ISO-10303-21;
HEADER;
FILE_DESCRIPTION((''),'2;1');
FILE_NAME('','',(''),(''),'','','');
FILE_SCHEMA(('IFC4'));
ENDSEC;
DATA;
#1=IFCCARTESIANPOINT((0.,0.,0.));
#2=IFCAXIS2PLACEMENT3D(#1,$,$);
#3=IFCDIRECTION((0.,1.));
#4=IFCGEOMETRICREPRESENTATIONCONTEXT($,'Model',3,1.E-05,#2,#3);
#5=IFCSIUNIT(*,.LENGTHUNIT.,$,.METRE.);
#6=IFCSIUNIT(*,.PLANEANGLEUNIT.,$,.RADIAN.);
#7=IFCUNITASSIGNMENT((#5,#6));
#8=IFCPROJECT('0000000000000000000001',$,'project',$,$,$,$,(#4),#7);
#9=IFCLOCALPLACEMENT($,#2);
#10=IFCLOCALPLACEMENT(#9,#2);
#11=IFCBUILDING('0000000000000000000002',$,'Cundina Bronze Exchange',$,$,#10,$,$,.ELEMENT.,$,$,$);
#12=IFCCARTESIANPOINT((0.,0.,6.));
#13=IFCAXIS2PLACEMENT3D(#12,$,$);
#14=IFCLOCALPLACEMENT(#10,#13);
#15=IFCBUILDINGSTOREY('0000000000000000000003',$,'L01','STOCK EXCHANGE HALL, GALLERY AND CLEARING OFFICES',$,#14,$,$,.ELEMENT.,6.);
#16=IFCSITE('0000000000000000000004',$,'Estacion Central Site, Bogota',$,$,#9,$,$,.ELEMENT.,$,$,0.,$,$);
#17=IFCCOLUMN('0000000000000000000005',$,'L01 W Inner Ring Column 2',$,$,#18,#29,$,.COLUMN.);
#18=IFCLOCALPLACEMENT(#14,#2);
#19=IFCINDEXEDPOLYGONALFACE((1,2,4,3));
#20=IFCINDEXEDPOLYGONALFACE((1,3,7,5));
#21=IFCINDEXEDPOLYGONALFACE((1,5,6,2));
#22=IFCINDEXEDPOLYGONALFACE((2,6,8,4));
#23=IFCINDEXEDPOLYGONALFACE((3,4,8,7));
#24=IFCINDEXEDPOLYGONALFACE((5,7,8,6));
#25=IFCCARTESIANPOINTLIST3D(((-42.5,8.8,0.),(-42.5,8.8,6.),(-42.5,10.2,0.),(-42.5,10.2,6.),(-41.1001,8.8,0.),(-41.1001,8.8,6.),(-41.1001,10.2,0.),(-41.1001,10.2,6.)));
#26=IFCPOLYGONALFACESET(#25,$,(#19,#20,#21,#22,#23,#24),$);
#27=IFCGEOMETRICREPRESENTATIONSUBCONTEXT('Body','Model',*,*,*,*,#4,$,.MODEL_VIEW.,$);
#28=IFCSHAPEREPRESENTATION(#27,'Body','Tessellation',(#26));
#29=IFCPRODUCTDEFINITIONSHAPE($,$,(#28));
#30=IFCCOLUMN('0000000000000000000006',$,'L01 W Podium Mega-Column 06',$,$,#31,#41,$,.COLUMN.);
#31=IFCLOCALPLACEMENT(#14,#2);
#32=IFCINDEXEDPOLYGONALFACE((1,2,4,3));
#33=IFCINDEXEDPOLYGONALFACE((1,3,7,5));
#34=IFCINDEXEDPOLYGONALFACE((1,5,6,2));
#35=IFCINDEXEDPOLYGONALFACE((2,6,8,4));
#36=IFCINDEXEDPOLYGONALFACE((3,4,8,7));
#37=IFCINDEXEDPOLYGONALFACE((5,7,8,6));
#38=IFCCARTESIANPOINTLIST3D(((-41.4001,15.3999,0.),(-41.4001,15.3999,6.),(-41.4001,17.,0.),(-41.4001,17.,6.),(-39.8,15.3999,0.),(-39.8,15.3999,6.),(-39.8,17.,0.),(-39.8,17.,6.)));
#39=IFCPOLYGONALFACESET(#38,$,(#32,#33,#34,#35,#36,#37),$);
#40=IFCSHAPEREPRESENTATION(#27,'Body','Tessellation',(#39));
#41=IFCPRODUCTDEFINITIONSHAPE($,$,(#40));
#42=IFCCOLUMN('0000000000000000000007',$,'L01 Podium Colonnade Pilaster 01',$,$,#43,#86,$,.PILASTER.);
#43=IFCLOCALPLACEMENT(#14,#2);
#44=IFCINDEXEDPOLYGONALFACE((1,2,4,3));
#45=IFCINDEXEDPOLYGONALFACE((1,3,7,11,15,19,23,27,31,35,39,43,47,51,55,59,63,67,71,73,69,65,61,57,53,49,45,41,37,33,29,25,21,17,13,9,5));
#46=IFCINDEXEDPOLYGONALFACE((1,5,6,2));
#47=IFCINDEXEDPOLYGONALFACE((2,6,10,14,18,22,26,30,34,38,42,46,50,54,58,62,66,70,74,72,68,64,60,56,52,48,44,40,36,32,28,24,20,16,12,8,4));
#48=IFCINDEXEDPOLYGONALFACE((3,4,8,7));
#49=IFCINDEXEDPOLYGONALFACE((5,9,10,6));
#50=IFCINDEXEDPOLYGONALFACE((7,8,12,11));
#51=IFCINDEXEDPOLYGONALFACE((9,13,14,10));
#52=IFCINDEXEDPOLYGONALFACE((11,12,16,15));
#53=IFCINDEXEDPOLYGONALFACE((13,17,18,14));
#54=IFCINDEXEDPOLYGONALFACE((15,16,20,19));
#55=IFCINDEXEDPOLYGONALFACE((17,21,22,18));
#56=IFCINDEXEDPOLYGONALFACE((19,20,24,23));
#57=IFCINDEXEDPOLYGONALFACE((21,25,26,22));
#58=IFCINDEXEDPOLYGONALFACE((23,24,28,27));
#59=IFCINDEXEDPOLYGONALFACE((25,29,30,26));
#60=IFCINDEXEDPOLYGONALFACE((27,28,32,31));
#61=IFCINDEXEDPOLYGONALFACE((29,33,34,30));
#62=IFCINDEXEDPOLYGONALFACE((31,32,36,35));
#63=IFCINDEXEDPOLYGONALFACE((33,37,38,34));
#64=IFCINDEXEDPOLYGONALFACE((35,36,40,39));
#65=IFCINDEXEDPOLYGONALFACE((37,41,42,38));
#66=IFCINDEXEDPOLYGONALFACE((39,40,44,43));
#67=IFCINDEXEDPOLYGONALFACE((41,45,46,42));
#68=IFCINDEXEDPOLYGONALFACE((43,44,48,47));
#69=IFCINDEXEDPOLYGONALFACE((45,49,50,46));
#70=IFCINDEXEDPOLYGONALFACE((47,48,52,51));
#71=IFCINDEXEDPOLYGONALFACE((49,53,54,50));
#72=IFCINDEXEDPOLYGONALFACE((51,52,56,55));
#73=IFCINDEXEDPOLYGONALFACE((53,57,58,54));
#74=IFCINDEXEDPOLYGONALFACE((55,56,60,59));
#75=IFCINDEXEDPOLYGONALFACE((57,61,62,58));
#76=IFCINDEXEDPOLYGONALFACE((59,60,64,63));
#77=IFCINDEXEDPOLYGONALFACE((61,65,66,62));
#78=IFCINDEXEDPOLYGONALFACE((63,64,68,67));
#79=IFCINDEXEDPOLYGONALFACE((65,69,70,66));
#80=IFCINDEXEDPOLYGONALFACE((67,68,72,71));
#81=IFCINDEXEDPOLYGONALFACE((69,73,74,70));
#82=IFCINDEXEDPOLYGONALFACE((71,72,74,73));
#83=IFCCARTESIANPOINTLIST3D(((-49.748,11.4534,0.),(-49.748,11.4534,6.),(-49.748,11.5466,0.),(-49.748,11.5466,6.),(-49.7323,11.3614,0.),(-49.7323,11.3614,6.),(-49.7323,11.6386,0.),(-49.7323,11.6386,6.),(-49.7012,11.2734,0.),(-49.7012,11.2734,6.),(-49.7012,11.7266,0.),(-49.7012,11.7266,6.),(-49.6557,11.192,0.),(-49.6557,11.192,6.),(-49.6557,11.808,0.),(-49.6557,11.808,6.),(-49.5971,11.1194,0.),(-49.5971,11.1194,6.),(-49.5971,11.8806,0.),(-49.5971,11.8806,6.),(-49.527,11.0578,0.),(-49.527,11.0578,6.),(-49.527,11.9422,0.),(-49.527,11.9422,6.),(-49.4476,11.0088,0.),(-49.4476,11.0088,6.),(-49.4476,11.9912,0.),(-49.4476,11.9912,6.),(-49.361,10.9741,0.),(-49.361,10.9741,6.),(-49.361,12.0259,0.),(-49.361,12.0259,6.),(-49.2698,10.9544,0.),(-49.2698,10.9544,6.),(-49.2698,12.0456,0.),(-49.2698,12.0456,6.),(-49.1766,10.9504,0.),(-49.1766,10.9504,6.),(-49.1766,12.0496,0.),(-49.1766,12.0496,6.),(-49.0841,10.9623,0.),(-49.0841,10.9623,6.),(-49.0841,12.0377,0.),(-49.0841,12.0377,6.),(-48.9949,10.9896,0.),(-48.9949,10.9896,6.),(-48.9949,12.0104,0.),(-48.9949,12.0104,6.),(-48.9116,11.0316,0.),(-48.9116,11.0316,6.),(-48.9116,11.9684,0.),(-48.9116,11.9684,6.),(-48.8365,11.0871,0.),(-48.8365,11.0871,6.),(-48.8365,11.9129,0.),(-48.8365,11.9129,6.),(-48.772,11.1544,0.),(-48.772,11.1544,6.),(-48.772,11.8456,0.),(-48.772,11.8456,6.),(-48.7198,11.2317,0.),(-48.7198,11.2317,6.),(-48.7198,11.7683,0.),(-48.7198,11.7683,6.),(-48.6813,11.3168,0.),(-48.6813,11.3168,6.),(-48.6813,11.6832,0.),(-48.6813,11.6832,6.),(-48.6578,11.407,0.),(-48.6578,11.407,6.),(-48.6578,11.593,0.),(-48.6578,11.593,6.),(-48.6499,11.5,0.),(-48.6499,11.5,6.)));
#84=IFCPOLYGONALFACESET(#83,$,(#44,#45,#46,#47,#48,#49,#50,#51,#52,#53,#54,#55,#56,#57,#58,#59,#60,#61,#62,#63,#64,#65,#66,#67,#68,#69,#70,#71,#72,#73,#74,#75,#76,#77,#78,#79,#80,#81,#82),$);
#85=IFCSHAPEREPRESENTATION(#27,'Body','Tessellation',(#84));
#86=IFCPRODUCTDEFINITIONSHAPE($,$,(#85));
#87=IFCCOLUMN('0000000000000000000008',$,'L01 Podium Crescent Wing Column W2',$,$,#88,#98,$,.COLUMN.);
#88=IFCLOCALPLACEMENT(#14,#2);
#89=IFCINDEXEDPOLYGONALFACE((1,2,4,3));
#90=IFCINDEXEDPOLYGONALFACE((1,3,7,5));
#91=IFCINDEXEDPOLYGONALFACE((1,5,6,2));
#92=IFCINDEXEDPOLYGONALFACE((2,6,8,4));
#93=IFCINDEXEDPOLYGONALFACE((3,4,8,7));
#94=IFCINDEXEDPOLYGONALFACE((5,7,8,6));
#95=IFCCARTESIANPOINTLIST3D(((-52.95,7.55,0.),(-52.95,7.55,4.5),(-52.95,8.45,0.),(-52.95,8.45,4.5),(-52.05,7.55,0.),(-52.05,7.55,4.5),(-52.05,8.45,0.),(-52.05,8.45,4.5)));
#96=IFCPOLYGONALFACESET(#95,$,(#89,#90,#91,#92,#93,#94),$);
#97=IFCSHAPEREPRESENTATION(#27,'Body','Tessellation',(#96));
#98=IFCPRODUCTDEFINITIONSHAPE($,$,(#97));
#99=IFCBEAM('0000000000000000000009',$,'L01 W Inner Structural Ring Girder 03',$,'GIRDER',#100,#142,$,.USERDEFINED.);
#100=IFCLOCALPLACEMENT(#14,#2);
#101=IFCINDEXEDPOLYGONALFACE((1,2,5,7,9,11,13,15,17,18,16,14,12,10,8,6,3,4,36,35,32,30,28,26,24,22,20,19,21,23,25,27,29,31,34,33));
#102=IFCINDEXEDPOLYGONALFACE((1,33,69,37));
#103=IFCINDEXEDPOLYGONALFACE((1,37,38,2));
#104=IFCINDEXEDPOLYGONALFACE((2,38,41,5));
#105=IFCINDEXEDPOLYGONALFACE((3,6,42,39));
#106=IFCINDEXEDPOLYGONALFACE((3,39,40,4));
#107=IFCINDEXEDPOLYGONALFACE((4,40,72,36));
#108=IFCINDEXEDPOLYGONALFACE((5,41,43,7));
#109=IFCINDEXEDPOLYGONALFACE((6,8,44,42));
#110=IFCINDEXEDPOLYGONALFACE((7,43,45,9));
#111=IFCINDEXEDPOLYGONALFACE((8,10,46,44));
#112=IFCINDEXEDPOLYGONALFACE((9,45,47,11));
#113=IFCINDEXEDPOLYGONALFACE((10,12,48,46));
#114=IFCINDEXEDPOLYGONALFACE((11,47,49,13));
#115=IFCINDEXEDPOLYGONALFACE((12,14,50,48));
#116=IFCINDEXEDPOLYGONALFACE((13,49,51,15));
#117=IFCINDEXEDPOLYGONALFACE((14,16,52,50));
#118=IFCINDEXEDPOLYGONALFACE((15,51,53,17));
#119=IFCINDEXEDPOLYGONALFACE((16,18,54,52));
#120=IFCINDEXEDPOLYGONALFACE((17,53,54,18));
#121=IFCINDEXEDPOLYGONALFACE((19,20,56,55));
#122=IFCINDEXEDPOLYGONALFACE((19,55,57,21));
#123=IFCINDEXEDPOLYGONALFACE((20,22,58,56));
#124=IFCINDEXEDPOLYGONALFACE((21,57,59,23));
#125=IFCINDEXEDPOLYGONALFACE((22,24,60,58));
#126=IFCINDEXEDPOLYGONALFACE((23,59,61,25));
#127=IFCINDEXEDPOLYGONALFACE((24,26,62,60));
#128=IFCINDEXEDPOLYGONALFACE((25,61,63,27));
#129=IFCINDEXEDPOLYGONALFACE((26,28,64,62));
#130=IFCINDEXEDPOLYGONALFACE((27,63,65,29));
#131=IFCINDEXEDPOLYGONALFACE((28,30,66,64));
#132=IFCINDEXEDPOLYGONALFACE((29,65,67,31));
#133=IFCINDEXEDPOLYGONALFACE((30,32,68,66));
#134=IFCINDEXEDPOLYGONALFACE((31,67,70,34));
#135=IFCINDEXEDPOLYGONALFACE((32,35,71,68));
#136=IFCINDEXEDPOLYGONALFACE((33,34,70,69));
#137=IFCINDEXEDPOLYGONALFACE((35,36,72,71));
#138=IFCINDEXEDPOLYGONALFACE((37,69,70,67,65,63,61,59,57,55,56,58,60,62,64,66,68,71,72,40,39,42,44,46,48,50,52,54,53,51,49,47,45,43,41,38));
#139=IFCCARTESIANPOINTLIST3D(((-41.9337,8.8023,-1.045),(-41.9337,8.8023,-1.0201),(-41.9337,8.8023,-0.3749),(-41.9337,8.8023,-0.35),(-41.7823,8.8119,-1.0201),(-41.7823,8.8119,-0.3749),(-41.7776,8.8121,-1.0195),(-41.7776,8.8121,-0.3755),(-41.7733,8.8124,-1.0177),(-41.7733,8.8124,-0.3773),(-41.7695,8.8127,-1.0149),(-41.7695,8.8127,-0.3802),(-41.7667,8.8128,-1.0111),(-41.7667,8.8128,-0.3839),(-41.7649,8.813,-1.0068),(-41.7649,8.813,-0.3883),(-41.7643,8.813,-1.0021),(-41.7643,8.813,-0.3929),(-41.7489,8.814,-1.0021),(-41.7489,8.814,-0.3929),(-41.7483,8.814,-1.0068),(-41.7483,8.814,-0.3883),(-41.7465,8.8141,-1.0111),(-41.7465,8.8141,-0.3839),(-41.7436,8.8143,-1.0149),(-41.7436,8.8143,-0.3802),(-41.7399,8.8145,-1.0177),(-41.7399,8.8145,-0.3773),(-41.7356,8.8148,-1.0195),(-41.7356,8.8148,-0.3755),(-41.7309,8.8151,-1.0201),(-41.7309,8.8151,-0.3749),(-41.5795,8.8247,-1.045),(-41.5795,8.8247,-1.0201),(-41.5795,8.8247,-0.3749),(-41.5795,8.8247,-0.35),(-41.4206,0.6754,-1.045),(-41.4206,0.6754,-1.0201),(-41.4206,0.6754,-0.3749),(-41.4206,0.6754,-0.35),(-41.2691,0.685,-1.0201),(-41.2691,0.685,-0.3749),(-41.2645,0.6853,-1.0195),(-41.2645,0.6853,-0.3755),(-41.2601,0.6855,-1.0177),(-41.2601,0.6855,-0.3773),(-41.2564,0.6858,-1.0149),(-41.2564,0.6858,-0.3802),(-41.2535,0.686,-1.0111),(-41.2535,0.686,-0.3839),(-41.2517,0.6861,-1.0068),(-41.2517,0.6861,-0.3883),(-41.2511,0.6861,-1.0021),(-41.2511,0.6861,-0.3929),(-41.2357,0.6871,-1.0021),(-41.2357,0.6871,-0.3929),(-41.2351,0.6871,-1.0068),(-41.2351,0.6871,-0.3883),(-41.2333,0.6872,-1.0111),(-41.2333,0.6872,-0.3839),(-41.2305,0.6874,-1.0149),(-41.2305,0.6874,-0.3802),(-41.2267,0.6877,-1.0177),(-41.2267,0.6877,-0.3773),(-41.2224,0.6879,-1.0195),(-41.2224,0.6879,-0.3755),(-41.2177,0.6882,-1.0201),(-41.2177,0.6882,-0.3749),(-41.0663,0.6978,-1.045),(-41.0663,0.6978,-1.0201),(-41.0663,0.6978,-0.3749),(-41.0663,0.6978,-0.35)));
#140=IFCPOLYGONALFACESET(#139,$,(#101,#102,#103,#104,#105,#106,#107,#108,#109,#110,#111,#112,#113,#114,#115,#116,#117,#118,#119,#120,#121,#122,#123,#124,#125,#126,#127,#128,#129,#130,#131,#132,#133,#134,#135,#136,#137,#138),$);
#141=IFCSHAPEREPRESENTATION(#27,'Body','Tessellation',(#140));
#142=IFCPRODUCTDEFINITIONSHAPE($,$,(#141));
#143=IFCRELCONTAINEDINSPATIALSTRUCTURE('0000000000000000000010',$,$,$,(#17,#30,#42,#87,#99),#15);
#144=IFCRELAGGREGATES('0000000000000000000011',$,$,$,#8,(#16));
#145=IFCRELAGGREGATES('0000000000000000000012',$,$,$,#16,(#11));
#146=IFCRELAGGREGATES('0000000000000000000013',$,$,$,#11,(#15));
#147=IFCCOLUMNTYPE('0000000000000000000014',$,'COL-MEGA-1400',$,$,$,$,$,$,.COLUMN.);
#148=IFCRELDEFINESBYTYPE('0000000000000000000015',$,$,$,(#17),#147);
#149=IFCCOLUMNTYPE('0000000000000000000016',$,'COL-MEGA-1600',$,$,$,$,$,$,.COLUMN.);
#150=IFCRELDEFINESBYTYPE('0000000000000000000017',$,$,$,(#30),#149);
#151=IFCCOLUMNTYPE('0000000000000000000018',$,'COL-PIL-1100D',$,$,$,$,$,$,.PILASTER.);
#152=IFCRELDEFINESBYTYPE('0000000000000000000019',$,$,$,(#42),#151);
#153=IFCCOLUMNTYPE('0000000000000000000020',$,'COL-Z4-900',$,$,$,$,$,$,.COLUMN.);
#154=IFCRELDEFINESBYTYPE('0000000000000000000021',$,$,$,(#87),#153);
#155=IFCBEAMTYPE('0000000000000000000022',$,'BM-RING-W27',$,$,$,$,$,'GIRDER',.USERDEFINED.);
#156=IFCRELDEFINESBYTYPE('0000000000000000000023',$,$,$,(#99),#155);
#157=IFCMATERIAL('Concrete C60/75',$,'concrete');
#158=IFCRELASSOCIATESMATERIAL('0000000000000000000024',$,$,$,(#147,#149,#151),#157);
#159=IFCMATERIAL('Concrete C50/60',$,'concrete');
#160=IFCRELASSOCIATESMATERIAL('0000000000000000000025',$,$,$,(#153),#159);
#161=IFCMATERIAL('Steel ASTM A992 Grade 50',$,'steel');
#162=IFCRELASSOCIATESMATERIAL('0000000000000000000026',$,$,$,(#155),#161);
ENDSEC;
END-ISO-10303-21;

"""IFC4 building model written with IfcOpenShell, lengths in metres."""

from ifc_helpers import new_model, si_unit, direction, frame, origin, origin_2d, place, context, subcontext, project, spatial, rectangle, circle, i_section, extrude, material, material_profile, profile_set, type_object, element, save


model = new_model("IFC4")

# Units and contexts
model_context = context("Model", 3, precision=1e-05, world=origin(), true_north=direction((0.0, 1.0)))
body_context = subcontext(model_context, "Body", "Model", "MODEL_VIEW")
ifc_project = project(units=[si_unit("LENGTHUNIT", "METRE"), si_unit("PLANEANGLEUNIT", "RADIAN")], contexts=[model_context])

# Site, building, storey
site_placement = place(None, origin())
site = spatial("IfcSite", under=ifc_project, at=site_placement, Name="Estacion Central Site, Bogota", CompositionType="ELEMENT", RefElevation=0.0)
building_placement = place(site_placement, origin())
building = spatial("IfcBuilding", under=site, at=building_placement, Name="Cundina Bronze Exchange", CompositionType="ELEMENT")
storey_placement = place(building_placement, frame((0.0, 0.0, 6.0)))
storey = spatial("IfcBuildingStorey", under=building, at=storey_placement, Name="L01", Description="STOCK EXCHANGE HALL, GALLERY AND CLEARING OFFICES", CompositionType="ELEMENT", Elevation=6.0)

# Columns
ifc_material_1 = material(Name="Concrete C60/75", Category="concrete")
ifc_material_profile_1 = material_profile(ifc_material_1, rectangle(XDim=1.3999, YDim=1.3999, at=origin_2d()), Name="RC1400X1400", Category="concrete")
ifc_profile_set_1 = profile_set([ifc_material_profile_1], Name="Concrete C60/75")
column_type_1 = type_object("IfcColumnType", Name="COL-MEGA-1400", PredefinedType="COLUMN", material=ifc_profile_set_1)
column_1_placement = place(storey_placement, frame((-41.8, 9.5, 0.0), z_axis=(0.0, 0.0, 1.0), x_axis=(1.0, 0.0, 0.0)))
element("IfcColumn", 1, at=column_1_placement, inside=storey, type_object=column_type_1, Name="L01 W Inner Ring Column 2", PredefinedType="COLUMN", context=body_context, shape_type="SweptSolid", body=[
    extrude(rectangle(XDim=1.3999, YDim=1.3999, at=origin_2d()), origin(), (0.0, 0.0, 1.0), 6.0),
])
ifc_material_profile_2 = material_profile(ifc_material_1, rectangle(XDim=1.6001, YDim=1.6001, at=origin_2d()), Name="RC1600X1600", Category="concrete")
ifc_profile_set_2 = profile_set([ifc_material_profile_2], Name="Concrete C60/75")
column_type_2 = type_object("IfcColumnType", Name="COL-MEGA-1600", PredefinedType="COLUMN", material=ifc_profile_set_2)
column_2_placement = place(storey_placement, frame((-40.6001, 16.2, 0.0), z_axis=(0.0, 0.0, 1.0), x_axis=(1.0, 0.0, 0.0)))
element("IfcColumn", 2, at=column_2_placement, inside=storey, type_object=column_type_2, Name="L01 W Podium Mega-Column 06", PredefinedType="COLUMN", context=body_context, shape_type="SweptSolid", body=[
    extrude(rectangle(XDim=1.6001, YDim=1.6001, at=origin_2d()), origin(), (0.0, 0.0, 1.0), 6.0),
])
ifc_material_profile_3 = material_profile(ifc_material_1, circle(Radius=0.55, at=origin_2d()), Name="RC1100D", Category="concrete")
ifc_profile_set_3 = profile_set([ifc_material_profile_3], Name="Concrete C60/75")
column_type_3 = type_object("IfcColumnType", Name="COL-PIL-1100D", PredefinedType="PILASTER", material=ifc_profile_set_3)
column_3_placement = place(storey_placement, frame((-49.2, 11.5, 0.0), z_axis=(0.0, 0.0, 1.0), x_axis=(1.0, 0.0, 0.0)))
element("IfcColumn", 3, at=column_3_placement, inside=storey, type_object=column_type_3, Name="L01 Podium Colonnade Pilaster 01", PredefinedType="PILASTER", context=body_context, shape_type="SweptSolid", body=[
    extrude(circle(Radius=0.55, at=origin_2d()), origin(), (0.0, 0.0, 1.0), 6.0),
])
ifc_material_2 = material(Name="Concrete C50/60", Category="concrete")
ifc_material_profile_4 = material_profile(ifc_material_2, rectangle(XDim=0.8999, YDim=0.8999, at=origin_2d()), Name="RC900X900", Category="concrete")
ifc_profile_set_4 = profile_set([ifc_material_profile_4], Name="Concrete C50/60")
column_type_4 = type_object("IfcColumnType", Name="COL-Z4-900", PredefinedType="COLUMN", material=ifc_profile_set_4)
column_4_placement = place(storey_placement, frame((-52.5, 8.0, 0.0), z_axis=(0.0, 0.0, 1.0), x_axis=(1.0, 0.0, 0.0)))
element("IfcColumn", 4, at=column_4_placement, inside=storey, type_object=column_type_4, Name="L01 Podium Crescent Wing Column W2", PredefinedType="COLUMN", context=body_context, shape_type="SweptSolid", body=[
    extrude(rectangle(XDim=0.8999, YDim=0.8999, at=origin_2d()), origin(), (0.0, 0.0, 1.0), 4.5),
])

# Beam
ifc_material_3 = material(Name="Steel ASTM A992 Grade 50", Category="steel")
ifc_material_profile_5 = material_profile(ifc_material_3, i_section(OverallWidth=0.355, OverallDepth=0.6951, WebThickness=0.0154, FlangeThickness=0.0249, FilletRadius=0.0181, at=origin_2d()), Name="W27X146", Category="steel")
ifc_profile_set_5 = profile_set([ifc_material_profile_5], Name="Steel ASTM A992 Grade 50")
beam_type_1 = type_object("IfcBeamType", Name="BM-RING-W27", ElementType="GIRDER", PredefinedType="USERDEFINED", material=ifc_profile_set_5)
beam_1_placement = place(storey_placement, frame((-41.7566, 8.8135, -0.6975), z_axis=(0.06302, -0.998012, 0.0), x_axis=(0.998012, 0.06302, 0.0)))
element("IfcBeam", 5, at=beam_1_placement, inside=storey, type_object=beam_type_1, Name="L01 W Inner Structural Ring Girder 03", ObjectType="GIRDER", PredefinedType="USERDEFINED", context=body_context, shape_type="SweptSolid", body=[
    extrude(i_section(OverallWidth=0.355, OverallDepth=0.6951, WebThickness=0.0154, FlangeThickness=0.0249, FilletRadius=0.0181, at=origin_2d()), origin(), (0.0, 0.0, 1.0), 8.1431),
])

save(model, "model.ifc")
